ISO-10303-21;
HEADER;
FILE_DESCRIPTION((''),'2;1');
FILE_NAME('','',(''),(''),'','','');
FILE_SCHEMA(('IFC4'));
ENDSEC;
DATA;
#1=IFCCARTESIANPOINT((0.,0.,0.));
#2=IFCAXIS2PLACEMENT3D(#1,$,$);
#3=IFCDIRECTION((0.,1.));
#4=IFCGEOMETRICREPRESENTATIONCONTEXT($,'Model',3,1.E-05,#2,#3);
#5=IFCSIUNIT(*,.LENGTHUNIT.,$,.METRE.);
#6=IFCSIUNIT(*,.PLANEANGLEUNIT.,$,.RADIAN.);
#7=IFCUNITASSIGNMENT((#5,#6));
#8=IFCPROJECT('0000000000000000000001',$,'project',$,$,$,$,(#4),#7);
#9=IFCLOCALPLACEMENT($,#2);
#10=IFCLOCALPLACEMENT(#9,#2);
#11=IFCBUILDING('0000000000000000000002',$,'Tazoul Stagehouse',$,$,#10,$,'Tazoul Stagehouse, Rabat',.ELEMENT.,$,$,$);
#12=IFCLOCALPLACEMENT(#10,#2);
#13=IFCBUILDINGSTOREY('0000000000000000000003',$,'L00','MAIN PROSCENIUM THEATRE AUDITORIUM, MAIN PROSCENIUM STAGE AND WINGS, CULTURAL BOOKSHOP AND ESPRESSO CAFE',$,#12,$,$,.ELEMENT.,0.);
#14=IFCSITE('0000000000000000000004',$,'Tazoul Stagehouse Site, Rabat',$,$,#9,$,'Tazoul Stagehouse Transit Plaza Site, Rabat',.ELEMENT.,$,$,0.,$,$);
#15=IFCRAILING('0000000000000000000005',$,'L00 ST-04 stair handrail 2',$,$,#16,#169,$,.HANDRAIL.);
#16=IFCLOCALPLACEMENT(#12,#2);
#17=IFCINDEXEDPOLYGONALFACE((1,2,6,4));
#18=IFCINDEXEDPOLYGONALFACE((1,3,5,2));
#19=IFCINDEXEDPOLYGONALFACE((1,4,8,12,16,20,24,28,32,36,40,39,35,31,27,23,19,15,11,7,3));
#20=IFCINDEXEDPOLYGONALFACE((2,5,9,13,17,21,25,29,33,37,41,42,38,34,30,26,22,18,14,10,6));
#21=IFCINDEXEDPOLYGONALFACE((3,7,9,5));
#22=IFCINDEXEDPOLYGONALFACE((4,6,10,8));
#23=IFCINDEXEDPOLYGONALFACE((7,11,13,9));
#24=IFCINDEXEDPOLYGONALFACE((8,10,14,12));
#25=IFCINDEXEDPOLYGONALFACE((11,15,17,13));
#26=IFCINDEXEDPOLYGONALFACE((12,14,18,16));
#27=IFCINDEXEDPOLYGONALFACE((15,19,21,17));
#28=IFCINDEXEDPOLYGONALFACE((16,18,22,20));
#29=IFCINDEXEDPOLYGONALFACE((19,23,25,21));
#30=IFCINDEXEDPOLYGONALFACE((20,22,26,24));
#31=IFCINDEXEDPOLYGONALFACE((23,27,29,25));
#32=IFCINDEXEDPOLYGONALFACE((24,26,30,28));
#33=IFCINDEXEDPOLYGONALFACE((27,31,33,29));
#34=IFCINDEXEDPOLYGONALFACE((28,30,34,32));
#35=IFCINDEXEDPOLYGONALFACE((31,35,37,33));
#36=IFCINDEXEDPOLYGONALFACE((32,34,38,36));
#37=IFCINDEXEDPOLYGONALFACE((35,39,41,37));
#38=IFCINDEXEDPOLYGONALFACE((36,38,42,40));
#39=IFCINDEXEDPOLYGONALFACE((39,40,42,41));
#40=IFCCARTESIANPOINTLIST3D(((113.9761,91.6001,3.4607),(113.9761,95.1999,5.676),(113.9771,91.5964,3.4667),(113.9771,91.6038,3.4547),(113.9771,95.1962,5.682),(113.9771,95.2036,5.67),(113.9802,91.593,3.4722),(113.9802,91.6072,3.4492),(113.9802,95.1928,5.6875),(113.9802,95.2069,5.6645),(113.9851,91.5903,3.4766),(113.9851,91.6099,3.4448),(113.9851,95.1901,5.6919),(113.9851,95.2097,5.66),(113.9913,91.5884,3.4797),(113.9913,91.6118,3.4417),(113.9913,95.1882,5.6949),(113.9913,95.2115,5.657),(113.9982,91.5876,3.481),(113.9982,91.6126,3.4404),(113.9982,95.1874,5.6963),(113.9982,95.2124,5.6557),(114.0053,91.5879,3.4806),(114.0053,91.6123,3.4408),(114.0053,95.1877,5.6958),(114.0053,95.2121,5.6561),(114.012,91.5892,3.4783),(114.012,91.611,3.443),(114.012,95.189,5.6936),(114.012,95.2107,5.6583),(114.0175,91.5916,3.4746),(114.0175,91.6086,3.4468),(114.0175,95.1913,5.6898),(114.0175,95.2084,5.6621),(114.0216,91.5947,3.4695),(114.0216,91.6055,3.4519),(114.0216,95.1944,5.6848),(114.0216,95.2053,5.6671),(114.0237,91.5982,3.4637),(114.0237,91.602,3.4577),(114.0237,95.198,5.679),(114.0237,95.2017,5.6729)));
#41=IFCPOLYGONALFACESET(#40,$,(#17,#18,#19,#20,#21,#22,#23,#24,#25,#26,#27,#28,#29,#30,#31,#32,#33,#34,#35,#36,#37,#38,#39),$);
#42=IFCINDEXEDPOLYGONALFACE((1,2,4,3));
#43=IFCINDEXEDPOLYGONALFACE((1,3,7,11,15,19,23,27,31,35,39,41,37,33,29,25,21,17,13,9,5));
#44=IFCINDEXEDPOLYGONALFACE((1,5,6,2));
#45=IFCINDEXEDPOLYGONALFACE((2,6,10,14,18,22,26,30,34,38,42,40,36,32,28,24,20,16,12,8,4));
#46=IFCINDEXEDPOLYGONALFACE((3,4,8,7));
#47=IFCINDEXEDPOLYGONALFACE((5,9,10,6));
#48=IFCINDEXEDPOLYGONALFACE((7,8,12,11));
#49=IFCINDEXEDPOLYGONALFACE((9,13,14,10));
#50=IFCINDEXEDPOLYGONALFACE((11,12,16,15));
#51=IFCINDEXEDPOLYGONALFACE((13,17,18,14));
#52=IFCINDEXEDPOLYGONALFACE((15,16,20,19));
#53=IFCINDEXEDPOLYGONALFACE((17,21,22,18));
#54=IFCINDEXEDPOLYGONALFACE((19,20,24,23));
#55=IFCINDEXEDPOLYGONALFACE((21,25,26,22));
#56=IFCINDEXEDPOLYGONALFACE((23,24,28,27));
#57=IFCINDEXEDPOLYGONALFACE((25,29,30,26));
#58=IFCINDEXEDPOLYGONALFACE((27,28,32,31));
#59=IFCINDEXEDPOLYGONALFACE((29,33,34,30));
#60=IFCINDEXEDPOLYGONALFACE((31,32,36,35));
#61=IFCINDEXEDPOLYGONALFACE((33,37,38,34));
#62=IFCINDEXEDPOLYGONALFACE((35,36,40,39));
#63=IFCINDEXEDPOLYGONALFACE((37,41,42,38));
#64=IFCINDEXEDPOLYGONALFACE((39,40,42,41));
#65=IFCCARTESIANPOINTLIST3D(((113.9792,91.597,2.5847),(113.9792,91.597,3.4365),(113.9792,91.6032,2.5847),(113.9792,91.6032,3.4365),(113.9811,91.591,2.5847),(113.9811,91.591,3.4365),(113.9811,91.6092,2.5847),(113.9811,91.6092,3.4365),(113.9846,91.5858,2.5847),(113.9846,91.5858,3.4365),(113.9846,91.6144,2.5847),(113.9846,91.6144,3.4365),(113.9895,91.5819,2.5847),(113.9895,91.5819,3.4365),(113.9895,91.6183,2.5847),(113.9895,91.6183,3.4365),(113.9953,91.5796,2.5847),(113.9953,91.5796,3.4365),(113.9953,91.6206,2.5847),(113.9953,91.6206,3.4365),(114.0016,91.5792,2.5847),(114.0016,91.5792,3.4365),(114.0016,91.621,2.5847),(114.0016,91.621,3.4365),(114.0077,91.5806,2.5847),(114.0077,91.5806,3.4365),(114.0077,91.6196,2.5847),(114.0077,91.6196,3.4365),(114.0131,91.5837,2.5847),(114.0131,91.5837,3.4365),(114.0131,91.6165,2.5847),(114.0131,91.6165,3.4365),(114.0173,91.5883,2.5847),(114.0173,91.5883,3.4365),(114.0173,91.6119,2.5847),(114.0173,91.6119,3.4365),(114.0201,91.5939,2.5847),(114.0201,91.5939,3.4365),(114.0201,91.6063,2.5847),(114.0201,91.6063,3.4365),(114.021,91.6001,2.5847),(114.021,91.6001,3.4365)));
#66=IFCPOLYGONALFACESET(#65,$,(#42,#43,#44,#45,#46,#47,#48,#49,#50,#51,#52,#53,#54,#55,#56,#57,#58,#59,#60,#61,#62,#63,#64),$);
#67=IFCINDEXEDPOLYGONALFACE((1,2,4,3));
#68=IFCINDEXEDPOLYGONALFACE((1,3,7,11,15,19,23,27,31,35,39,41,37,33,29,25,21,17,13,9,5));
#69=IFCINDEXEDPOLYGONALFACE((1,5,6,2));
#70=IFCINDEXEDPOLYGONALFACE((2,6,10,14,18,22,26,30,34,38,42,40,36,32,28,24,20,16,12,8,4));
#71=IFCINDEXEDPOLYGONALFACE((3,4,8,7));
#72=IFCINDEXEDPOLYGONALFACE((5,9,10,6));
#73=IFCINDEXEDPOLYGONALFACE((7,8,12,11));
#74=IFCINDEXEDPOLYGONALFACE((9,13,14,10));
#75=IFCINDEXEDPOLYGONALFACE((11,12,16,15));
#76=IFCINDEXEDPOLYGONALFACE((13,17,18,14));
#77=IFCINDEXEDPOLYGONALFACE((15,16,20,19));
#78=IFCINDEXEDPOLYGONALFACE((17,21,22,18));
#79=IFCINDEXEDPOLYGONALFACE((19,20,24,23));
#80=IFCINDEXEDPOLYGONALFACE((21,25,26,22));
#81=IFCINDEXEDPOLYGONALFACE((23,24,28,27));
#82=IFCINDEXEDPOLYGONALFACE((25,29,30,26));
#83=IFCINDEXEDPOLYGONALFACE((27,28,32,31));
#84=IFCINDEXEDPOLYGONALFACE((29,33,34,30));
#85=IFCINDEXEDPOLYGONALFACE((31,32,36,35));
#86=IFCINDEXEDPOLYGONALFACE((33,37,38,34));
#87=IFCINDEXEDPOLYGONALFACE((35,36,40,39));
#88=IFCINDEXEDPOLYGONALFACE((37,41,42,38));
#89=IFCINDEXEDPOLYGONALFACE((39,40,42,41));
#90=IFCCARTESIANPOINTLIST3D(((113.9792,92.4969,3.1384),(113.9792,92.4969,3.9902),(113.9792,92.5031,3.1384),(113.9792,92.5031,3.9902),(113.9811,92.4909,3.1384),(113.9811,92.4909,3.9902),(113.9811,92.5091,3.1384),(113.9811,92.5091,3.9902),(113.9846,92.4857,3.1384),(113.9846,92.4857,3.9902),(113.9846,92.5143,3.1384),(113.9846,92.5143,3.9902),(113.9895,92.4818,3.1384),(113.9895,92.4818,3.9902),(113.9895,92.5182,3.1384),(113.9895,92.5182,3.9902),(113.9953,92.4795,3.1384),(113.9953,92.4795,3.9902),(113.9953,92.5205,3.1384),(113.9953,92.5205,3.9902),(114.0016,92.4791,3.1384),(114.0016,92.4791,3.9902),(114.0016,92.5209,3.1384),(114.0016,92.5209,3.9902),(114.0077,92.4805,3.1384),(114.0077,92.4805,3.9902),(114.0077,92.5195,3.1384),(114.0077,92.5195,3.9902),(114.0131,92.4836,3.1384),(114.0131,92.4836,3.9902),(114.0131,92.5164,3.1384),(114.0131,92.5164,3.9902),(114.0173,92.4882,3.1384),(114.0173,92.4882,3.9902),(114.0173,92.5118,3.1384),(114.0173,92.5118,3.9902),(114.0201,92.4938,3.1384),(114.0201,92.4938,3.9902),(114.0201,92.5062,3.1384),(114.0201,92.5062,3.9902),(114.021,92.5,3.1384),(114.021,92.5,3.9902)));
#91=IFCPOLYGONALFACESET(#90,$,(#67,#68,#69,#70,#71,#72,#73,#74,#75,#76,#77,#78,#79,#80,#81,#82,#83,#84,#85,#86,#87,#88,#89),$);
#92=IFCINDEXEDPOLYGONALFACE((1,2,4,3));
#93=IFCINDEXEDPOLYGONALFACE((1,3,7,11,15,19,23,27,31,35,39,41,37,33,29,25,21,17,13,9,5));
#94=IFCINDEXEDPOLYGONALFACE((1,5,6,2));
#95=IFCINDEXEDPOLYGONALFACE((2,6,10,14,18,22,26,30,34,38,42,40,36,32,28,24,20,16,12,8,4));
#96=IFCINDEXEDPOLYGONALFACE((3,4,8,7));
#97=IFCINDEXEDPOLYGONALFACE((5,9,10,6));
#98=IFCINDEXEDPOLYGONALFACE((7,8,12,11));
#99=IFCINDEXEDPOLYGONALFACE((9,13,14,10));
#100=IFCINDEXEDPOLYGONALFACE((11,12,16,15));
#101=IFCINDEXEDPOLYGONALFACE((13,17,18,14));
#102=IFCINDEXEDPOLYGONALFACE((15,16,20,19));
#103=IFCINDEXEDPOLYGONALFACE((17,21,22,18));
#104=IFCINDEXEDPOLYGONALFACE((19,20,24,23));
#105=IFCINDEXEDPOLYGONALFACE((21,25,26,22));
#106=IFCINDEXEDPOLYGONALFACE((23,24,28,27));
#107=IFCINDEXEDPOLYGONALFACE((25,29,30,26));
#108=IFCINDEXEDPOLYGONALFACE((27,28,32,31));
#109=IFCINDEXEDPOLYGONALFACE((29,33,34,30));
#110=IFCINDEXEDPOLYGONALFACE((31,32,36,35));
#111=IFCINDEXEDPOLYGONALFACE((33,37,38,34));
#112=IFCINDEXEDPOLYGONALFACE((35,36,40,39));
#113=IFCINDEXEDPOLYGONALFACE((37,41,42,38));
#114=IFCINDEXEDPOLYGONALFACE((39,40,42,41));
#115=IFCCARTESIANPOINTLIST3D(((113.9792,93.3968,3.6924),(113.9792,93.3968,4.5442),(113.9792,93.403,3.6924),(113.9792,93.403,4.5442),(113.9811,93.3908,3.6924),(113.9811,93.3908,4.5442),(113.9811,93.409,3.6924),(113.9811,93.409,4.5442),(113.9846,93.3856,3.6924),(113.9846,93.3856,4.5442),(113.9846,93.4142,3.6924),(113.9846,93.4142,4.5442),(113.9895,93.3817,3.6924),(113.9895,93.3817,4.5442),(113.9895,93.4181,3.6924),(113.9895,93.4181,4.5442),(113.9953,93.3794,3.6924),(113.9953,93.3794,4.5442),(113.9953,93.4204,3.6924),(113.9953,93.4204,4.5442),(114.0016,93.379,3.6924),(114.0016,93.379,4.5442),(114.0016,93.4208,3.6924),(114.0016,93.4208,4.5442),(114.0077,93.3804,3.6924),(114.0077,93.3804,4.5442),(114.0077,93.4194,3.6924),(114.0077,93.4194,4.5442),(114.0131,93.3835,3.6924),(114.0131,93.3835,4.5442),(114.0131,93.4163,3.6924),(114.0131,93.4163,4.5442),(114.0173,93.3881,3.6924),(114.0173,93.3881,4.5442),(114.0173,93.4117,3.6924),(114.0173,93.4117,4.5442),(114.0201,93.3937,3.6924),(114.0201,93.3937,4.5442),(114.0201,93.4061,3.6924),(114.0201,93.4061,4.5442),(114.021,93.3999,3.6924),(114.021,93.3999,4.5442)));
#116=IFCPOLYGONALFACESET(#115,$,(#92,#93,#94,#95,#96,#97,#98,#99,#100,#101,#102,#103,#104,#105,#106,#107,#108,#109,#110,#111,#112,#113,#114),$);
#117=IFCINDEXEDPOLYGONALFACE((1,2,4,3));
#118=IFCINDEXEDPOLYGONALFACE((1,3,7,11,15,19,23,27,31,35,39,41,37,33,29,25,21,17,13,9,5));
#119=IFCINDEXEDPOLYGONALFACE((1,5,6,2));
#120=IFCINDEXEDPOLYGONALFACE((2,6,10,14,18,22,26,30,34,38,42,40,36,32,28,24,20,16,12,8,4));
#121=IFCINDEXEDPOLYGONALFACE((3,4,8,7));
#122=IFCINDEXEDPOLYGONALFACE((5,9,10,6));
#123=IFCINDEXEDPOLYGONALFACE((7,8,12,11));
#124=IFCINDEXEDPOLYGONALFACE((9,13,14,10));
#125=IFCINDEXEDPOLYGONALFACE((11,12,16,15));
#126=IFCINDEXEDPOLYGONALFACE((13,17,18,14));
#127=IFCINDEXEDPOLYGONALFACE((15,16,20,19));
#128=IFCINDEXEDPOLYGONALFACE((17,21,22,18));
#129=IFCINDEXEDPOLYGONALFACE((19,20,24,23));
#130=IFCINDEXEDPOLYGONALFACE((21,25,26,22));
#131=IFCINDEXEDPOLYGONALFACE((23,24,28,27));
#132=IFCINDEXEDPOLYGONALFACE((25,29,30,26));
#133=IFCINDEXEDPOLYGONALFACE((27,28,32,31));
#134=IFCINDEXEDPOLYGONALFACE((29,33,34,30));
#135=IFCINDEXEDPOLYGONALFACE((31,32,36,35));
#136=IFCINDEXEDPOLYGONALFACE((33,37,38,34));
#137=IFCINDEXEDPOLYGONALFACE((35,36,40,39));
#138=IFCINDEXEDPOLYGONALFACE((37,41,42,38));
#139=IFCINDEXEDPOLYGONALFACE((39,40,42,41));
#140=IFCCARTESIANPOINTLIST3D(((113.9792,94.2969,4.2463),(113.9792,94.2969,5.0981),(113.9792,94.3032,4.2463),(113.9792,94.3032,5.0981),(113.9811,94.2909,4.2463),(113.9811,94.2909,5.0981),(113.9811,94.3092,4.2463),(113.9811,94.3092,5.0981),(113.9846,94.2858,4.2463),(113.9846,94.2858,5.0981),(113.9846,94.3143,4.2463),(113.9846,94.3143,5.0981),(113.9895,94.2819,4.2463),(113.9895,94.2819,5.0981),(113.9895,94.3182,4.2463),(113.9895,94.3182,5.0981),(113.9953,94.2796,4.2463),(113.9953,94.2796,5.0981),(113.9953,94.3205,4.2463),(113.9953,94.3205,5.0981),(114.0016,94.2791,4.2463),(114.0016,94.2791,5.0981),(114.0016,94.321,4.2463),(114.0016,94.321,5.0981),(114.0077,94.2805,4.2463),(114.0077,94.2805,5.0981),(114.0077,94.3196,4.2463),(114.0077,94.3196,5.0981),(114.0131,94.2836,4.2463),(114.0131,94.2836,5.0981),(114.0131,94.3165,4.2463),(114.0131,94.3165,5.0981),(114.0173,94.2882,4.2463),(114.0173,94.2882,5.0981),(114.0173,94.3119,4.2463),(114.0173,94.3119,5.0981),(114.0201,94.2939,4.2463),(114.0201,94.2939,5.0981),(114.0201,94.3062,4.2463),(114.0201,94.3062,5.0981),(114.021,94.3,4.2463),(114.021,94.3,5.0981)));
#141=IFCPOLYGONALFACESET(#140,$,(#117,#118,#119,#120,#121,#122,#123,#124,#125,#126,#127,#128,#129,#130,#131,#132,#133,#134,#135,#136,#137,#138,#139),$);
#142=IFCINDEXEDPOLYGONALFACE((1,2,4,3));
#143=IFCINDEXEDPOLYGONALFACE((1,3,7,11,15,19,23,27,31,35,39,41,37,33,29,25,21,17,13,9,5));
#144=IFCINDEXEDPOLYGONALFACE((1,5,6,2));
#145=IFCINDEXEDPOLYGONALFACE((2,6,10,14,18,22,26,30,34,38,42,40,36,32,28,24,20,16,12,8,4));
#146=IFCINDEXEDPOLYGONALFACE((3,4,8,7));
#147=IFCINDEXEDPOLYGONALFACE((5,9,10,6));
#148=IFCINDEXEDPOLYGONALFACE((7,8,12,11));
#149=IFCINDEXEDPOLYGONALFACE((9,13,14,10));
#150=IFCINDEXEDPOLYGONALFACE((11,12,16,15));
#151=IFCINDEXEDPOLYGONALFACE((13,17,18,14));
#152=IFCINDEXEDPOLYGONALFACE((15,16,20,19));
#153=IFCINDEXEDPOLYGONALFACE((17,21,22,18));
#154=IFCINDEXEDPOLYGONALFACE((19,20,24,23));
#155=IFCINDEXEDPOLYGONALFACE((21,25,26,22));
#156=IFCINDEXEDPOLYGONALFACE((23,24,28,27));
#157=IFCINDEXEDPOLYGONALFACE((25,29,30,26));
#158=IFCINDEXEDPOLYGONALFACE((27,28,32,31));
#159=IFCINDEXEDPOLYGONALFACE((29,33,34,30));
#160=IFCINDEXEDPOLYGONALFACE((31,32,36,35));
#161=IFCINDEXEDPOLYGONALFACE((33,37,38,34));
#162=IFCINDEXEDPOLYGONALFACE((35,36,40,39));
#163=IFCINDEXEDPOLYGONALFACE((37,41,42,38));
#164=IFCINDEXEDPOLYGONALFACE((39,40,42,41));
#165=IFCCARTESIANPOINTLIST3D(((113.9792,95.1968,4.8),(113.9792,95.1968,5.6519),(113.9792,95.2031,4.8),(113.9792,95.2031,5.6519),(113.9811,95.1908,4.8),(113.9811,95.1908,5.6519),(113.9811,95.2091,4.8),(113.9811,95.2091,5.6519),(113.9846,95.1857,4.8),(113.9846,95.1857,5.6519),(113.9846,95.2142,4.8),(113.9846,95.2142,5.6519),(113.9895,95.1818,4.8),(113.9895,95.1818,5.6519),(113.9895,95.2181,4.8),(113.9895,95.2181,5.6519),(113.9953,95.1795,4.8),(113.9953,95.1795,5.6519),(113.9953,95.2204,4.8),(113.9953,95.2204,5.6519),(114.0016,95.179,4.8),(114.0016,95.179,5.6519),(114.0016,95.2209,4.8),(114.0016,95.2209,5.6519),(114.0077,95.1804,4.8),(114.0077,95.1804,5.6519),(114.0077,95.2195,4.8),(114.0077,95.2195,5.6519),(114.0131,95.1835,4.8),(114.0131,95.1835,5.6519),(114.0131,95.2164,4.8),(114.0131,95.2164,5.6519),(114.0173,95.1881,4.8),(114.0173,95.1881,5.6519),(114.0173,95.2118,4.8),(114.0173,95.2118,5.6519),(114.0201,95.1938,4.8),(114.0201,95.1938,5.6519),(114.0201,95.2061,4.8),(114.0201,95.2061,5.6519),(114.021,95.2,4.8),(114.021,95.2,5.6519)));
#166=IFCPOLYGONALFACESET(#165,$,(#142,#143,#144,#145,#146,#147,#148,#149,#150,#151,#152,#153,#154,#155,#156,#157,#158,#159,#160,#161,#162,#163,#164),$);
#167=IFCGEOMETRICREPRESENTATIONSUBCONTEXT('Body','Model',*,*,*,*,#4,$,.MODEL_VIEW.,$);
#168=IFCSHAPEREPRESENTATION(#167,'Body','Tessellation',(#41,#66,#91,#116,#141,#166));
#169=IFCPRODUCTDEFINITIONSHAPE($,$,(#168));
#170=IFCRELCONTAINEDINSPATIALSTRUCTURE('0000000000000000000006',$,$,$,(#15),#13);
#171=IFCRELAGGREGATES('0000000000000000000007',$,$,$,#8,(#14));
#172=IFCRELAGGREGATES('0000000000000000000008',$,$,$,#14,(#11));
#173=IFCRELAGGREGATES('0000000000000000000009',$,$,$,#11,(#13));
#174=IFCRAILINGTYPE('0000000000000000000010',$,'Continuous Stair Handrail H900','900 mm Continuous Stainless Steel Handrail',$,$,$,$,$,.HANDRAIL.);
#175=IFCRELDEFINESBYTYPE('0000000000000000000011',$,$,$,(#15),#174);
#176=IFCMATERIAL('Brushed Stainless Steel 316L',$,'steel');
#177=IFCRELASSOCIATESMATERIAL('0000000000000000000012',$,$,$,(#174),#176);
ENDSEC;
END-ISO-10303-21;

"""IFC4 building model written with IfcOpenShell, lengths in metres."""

from ifc_helpers import new_model, si_unit, direction, frame, origin, origin_2d, place, context, subcontext, project, spatial, circle, extrude, material, material_profile, profile_set, type_object, element, save


model = new_model("IFC4")

# Units and contexts
model_context = context("Model", 3, precision=1e-05, world=origin(), true_north=direction((0.0, 1.0)))
body_context = subcontext(model_context, "Body", "Model", "MODEL_VIEW")
ifc_project = project(units=[si_unit("LENGTHUNIT", "METRE"), si_unit("PLANEANGLEUNIT", "RADIAN")], contexts=[model_context])

# Site, building, storey
site_placement = place(None, origin())
site = spatial("IfcSite", under=ifc_project, at=site_placement, Name="Tazoul Stagehouse Site, Rabat", LongName="Tazoul Stagehouse Transit Plaza Site, Rabat", CompositionType="ELEMENT", RefElevation=0.0)
building_placement = place(site_placement, origin())
building = spatial("IfcBuilding", under=site, at=building_placement, Name="Tazoul Stagehouse", LongName="Tazoul Stagehouse, Rabat", CompositionType="ELEMENT")
storey_placement = place(building_placement, origin())
storey = spatial("IfcBuildingStorey", under=building, at=storey_placement, Name="L00", Description="MAIN PROSCENIUM THEATRE AUDITORIUM, MAIN PROSCENIUM STAGE AND WINGS, CULTURAL BOOKSHOP AND ESPRESSO CAFE", CompositionType="ELEMENT", Elevation=0.0)

# Railing
ifc_material_1 = material(Name="Brushed Stainless Steel 316L", Category="steel")
ifc_material_profile_1 = material_profile(ifc_material_1, circle(Radius=0.021, at=origin_2d()), Name="SS HANDRAIL D42")
ifc_profile_set_1 = profile_set([ifc_material_profile_1], Name="Brushed Stainless Steel 316L")
railing_type_1 = type_object("IfcRailingType", Name="Continuous Stair Handrail H900", Description="900 mm Continuous Stainless Steel Handrail", PredefinedType="HANDRAIL", material=ifc_profile_set_1)
railing_1_placement = place(storey_placement, frame((114.0, 91.6001, 2.5847)))
element("IfcRailing", 1, at=railing_1_placement, inside=storey, type_object=railing_type_1, Name="L00 ST-04 stair handrail 2", PredefinedType="HANDRAIL", context=body_context, shape_type="SweptSolid", body=[
    extrude(circle(Radius=0.0239, at=origin_2d()), frame((0.0, 0.0, 0.876), z_axis=(0.0, 0.851654, 0.524104), x_axis=(-1.0, 0.0, 0.0)), (0.0, 0.0, 1.0), 4.2268),
    extrude(circle(Radius=0.021, at=origin_2d()), origin(), (0.0, 0.0, 1.0), 0.8518),
    extrude(circle(Radius=0.021, at=origin_2d()), frame((0.0, 0.8999, 0.5537)), (0.0, 0.0, 1.0), 0.8518),
    extrude(circle(Radius=0.021, at=origin_2d()), frame((0.0, 1.7998, 1.1077)), (0.0, 0.0, 1.0), 0.8518),
    extrude(circle(Radius=0.021, at=origin_2d()), frame((0.0, 2.7, 1.6616)), (0.0, 0.0, 1.0), 0.8518),
    extrude(circle(Radius=0.021, at=origin_2d()), frame((0.0, 3.5999, 2.2153)), (0.0, 0.0, 1.0), 0.8518),
])

save(model, "model.ifc")
